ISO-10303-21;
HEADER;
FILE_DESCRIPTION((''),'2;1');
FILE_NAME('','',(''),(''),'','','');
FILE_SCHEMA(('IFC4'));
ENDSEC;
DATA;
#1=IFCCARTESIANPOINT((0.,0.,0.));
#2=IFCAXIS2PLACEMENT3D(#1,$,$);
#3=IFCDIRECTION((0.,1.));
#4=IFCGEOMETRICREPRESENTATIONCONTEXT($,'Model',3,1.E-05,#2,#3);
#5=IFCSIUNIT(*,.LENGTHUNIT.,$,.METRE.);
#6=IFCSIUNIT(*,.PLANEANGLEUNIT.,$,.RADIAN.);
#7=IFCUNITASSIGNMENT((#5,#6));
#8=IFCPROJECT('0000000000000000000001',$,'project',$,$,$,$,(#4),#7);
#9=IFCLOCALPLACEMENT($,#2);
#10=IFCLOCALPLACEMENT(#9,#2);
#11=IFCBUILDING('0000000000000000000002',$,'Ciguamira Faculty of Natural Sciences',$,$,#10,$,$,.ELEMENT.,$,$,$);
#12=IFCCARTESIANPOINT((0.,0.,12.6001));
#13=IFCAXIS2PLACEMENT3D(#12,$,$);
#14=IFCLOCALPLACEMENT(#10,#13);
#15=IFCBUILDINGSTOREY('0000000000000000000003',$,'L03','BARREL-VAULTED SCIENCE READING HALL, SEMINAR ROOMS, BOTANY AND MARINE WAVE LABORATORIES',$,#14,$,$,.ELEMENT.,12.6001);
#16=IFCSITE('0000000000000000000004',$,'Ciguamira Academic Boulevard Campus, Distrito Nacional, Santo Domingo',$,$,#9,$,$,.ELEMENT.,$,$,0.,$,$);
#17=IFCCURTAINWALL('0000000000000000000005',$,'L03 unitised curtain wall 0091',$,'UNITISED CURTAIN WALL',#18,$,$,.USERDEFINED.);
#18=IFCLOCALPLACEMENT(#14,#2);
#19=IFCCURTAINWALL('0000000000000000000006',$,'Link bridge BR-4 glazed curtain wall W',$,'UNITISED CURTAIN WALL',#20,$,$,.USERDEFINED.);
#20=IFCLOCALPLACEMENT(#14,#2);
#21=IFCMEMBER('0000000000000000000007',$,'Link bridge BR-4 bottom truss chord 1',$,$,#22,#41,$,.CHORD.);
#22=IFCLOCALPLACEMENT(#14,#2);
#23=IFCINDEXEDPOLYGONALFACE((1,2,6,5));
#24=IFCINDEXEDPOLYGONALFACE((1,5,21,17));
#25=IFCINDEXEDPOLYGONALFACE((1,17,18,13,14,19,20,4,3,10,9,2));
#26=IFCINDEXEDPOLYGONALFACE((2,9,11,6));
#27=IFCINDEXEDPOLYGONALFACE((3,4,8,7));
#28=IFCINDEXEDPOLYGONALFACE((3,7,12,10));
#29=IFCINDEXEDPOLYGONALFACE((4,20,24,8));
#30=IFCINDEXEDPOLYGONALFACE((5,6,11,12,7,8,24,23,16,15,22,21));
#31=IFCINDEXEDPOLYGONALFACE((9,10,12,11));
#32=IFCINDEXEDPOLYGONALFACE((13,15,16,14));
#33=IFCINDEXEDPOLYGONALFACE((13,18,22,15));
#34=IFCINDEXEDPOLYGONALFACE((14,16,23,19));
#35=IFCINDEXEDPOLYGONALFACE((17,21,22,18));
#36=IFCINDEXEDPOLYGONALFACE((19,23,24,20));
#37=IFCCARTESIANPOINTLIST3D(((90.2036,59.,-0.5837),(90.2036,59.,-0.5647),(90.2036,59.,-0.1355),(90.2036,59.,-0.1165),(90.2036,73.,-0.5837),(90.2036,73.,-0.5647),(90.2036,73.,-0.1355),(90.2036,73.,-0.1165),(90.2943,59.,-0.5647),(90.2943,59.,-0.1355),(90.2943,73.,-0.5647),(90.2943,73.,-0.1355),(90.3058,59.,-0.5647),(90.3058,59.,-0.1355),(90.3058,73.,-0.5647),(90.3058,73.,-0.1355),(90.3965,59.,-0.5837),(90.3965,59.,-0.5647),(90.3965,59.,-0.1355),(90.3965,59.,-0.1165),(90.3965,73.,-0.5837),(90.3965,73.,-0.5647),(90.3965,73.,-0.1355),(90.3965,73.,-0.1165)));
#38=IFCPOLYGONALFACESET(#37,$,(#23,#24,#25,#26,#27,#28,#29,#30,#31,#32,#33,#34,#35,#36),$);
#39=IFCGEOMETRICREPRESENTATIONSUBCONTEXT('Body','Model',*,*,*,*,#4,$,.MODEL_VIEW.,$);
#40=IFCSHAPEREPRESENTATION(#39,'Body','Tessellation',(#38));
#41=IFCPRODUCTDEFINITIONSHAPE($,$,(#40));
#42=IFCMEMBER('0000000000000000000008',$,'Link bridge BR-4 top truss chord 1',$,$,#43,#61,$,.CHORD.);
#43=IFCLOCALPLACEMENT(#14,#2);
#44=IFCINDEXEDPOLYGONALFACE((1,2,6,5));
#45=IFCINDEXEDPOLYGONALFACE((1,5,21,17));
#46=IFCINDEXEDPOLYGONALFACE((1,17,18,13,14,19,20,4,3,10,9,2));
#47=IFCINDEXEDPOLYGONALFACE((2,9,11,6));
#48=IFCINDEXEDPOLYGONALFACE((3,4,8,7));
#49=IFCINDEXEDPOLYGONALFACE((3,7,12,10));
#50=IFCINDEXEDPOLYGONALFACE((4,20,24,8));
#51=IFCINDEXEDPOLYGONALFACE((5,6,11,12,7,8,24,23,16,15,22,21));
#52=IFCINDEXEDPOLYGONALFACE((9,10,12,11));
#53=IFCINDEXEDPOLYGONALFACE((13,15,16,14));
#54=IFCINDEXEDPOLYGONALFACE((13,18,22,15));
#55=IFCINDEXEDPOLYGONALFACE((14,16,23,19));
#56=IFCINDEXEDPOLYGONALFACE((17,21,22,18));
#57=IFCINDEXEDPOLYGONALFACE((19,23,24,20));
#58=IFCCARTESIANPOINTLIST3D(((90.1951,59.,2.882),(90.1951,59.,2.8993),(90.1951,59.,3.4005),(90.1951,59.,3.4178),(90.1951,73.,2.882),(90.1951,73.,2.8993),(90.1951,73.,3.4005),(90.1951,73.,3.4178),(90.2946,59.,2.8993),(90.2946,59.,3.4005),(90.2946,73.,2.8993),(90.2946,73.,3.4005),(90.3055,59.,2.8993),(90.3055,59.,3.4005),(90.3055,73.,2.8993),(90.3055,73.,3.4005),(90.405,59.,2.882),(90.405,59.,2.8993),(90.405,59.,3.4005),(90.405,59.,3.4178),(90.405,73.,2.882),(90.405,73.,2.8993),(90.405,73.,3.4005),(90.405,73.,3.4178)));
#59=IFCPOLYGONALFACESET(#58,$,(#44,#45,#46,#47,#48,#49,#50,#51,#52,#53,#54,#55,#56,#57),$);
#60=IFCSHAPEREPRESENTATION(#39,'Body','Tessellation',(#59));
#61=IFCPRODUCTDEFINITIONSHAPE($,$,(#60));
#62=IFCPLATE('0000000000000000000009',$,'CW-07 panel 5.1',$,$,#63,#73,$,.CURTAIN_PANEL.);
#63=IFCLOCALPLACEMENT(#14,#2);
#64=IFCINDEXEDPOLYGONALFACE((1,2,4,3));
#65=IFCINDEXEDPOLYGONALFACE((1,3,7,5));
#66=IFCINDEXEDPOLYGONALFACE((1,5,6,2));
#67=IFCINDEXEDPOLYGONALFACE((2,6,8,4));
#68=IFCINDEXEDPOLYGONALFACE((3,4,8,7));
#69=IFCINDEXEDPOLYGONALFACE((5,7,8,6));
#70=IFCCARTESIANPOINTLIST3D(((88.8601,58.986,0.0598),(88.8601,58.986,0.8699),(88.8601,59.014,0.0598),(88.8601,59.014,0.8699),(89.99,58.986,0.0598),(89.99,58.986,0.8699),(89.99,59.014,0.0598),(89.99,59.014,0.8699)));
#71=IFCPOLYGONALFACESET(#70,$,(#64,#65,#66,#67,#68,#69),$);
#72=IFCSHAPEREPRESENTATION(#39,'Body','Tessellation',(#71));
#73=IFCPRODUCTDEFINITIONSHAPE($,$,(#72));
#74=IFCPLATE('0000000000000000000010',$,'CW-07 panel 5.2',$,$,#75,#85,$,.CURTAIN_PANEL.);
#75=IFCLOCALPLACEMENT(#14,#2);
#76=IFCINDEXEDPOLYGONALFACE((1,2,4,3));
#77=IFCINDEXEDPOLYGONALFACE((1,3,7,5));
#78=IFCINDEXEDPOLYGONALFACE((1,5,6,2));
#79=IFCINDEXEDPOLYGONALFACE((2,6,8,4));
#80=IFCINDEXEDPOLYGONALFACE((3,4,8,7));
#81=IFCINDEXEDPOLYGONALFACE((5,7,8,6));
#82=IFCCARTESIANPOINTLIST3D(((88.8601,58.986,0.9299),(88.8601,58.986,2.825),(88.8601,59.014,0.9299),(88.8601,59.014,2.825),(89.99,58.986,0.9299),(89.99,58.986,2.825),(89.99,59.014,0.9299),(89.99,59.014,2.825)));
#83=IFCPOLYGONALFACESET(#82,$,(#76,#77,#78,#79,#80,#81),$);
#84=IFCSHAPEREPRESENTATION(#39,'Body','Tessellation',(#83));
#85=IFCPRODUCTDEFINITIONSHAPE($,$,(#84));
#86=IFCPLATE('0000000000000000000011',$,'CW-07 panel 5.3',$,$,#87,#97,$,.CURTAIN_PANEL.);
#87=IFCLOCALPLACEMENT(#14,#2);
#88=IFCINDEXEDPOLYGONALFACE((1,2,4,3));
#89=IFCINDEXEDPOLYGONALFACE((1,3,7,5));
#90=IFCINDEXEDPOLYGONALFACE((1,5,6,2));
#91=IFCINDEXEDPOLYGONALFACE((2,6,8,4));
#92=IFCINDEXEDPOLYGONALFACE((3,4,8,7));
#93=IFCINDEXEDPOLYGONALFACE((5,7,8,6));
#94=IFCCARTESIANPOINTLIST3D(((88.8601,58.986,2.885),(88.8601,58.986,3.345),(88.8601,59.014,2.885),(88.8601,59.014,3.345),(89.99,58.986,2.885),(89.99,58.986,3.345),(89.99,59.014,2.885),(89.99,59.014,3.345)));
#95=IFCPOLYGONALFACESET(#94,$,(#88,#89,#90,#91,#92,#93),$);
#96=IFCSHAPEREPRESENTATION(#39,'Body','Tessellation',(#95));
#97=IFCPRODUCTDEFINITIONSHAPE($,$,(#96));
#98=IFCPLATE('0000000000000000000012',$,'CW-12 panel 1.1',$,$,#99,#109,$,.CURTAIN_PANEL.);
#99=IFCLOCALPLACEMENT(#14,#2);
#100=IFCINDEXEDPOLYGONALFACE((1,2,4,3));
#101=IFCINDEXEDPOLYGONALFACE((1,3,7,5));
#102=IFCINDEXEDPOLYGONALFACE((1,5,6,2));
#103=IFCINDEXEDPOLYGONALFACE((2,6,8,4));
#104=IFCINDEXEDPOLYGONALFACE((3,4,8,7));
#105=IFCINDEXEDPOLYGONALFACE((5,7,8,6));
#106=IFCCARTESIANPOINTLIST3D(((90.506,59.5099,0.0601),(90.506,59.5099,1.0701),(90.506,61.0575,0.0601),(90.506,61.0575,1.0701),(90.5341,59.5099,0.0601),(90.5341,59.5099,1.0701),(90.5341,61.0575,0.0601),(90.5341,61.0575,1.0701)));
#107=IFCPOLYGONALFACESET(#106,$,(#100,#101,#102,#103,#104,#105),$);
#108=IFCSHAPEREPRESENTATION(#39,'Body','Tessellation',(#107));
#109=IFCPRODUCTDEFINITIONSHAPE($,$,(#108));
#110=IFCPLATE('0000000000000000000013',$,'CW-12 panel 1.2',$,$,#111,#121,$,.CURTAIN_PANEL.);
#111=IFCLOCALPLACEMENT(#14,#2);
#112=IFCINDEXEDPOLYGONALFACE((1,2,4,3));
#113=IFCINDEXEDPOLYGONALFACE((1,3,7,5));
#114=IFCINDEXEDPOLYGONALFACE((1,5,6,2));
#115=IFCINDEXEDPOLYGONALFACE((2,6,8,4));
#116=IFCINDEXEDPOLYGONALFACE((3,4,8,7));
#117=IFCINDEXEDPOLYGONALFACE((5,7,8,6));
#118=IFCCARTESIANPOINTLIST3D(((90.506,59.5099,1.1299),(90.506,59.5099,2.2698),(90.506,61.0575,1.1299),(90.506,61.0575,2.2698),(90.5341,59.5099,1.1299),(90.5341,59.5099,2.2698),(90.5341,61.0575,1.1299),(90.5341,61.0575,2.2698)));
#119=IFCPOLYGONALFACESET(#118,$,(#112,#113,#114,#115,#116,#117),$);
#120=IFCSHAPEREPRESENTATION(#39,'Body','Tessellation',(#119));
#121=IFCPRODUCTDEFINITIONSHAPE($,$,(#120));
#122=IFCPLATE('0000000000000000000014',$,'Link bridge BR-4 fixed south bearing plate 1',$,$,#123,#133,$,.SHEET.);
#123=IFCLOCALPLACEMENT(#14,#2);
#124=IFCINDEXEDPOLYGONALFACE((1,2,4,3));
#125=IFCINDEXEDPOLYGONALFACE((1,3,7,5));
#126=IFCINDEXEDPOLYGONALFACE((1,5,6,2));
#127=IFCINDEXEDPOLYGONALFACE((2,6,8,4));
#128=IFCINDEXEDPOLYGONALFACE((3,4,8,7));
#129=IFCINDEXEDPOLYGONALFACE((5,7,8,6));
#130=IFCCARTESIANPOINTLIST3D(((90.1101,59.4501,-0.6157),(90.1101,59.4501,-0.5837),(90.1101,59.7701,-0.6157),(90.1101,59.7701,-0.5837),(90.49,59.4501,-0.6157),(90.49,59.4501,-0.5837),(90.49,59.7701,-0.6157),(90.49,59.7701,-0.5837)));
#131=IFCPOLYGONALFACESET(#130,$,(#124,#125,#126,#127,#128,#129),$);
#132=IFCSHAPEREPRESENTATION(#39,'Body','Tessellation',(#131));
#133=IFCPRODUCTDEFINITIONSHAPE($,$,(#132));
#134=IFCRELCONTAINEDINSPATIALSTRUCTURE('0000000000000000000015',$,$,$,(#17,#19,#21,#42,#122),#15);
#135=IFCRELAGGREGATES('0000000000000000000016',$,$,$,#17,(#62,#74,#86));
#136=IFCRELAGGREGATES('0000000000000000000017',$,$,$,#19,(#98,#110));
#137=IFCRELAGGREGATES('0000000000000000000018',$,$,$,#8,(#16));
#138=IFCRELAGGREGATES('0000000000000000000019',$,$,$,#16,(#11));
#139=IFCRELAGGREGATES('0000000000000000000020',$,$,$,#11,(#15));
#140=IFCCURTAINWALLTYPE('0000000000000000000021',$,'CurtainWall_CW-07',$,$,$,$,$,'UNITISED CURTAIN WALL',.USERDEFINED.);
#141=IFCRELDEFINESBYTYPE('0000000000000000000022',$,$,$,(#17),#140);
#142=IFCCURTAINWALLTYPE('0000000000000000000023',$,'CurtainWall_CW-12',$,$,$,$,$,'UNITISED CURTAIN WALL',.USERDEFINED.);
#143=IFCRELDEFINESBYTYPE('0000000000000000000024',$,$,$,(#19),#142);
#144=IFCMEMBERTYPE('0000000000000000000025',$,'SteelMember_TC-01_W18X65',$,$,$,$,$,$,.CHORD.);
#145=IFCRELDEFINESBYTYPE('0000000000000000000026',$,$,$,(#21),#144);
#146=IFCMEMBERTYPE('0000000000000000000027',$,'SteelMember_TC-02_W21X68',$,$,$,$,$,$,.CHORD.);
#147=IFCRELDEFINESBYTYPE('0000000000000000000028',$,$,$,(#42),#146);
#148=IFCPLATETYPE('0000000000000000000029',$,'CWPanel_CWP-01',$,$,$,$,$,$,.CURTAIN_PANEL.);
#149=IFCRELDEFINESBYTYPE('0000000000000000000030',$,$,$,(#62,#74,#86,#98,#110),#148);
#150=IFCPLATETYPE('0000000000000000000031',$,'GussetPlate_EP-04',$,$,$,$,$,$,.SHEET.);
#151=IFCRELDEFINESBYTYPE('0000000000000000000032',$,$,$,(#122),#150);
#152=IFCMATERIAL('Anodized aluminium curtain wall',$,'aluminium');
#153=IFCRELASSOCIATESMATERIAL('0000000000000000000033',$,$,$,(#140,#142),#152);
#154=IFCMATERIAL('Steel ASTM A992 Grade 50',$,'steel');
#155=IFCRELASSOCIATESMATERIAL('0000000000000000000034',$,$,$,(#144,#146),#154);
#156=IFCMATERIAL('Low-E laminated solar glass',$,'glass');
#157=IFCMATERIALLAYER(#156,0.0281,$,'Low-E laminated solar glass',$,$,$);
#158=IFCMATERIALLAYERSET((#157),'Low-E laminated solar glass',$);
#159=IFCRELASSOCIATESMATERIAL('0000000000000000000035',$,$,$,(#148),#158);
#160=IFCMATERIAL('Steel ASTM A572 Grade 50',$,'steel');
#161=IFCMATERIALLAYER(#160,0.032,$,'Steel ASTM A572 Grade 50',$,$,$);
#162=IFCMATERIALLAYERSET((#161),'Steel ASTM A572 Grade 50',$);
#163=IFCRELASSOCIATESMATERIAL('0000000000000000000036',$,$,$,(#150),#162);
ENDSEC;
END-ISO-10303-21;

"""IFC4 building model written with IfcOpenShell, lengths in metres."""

from ifc_helpers import new_model, si_unit, direction, frame, origin, origin_2d, place, context, subcontext, project, spatial, rectangle, i_section, extrude, material, layer, layer_set, material_profile, profile_set, type_object, element, aggregate, save


model = new_model("IFC4")

# Units and contexts
model_context = context("Model", 3, precision=1e-05, world=origin(), true_north=direction((0.0, 1.0)))
body_context = subcontext(model_context, "Body", "Model", "MODEL_VIEW")
ifc_project = project(units=[si_unit("LENGTHUNIT", "METRE"), si_unit("PLANEANGLEUNIT", "RADIAN")], contexts=[model_context])

# Site, building, storey
site_placement = place(None, origin())
site = spatial("IfcSite", under=ifc_project, at=site_placement, Name="Ciguamira Academic Boulevard Campus, Distrito Nacional, Santo Domingo", CompositionType="ELEMENT", RefElevation=0.0)
building_placement = place(site_placement, origin())
building = spatial("IfcBuilding", under=site, at=building_placement, Name="Ciguamira Faculty of Natural Sciences", CompositionType="ELEMENT")
storey_placement = place(building_placement, frame((0.0, 0.0, 12.6001)))
storey = spatial("IfcBuildingStorey", under=building, at=storey_placement, Name="L03", Description="BARREL-VAULTED SCIENCE READING HALL, SEMINAR ROOMS, BOTANY AND MARINE WAVE LABORATORIES", CompositionType="ELEMENT", Elevation=12.6001)

# Curtain wall
ifc_material_1 = material(Name="Anodized aluminium curtain wall", Category="aluminium")
curtain_wall_type_1 = type_object("IfcCurtainWallType", Name="CurtainWall_CW-07", ElementType="UNITISED CURTAIN WALL", PredefinedType="USERDEFINED", material=ifc_material_1)
curtain_wall_1_placement = place(storey_placement, origin())
curtain_wall_1 = element("IfcCurtainWall", 1, at=curtain_wall_1_placement, inside=storey, type_object=curtain_wall_type_1, Name="L03 unitised curtain wall 0091", ObjectType="UNITISED CURTAIN WALL", PredefinedType="USERDEFINED")

# Curtain wall
curtain_wall_type_2 = type_object("IfcCurtainWallType", Name="CurtainWall_CW-12", ElementType="UNITISED CURTAIN WALL", PredefinedType="USERDEFINED", material=ifc_material_1)
curtain_wall_2_placement = place(storey_placement, origin())
curtain_wall_2 = element("IfcCurtainWall", 2, at=curtain_wall_2_placement, inside=storey, type_object=curtain_wall_type_2, Name="Link bridge BR-4 glazed curtain wall W", ObjectType="UNITISED CURTAIN WALL", PredefinedType="USERDEFINED")

# Members
ifc_material_2 = material(Name="Steel ASTM A992 Grade 50", Category="steel")
ifc_material_profile_1 = material_profile(ifc_material_2, i_section(OverallWidth=0.1929, OverallDepth=0.4673, WebThickness=0.0115, FlangeThickness=0.019, at=origin_2d()), Name="W18X65")
ifc_profile_set_1 = profile_set([ifc_material_profile_1], Name="Steel ASTM A992 Grade 50")
member_type_1 = type_object("IfcMemberType", Name="SteelMember_TC-01_W18X65", PredefinedType="CHORD", material=ifc_profile_set_1)
member_1_placement = place(storey_placement, frame((90.3, 59.0, -0.3501), z_axis=(0.0, 1.0, 0.0), x_axis=(-1.0, 0.0, 0.0)))
element("IfcMember", 3, at=member_1_placement, inside=storey, type_object=member_type_1, Name="Link bridge BR-4 bottom truss chord 1", PredefinedType="CHORD", context=body_context, shape_type="SweptSolid", body=[
    extrude(i_section(OverallWidth=0.1929, OverallDepth=0.4673, WebThickness=0.0115, FlangeThickness=0.019, at=origin_2d()), origin(), (0.0, 0.0, 1.0), 14.0),
])
ifc_material_profile_2 = material_profile(ifc_material_2, i_section(OverallWidth=0.21, OverallDepth=0.5359, WebThickness=0.011, FlangeThickness=0.0173, at=origin_2d()), Name="W21X68")
ifc_profile_set_2 = profile_set([ifc_material_profile_2], Name="Steel ASTM A992 Grade 50")
member_type_2 = type_object("IfcMemberType", Name="SteelMember_TC-02_W21X68", PredefinedType="CHORD", material=ifc_profile_set_2)
member_2_placement = place(storey_placement, frame((90.3, 59.0, 3.1499), z_axis=(0.0, 1.0, 0.0), x_axis=(-1.0, 0.0, 0.0)))
element("IfcMember", 4, at=member_2_placement, inside=storey, type_object=member_type_2, Name="Link bridge BR-4 top truss chord 1", PredefinedType="CHORD", context=body_context, shape_type="SweptSolid", body=[
    extrude(i_section(OverallWidth=0.21, OverallDepth=0.5359, WebThickness=0.011, FlangeThickness=0.0173, at=origin_2d()), origin(), (0.0, 0.0, 1.0), 14.0),
])

# Plates
ifc_material_3 = material(Name="Low-E laminated solar glass", Category="glass")
ifc_layer_1 = layer(ifc_material_3, 0.0281, Name="Low-E laminated solar glass")
ifc_layer_set_1 = layer_set([ifc_layer_1], Name="Low-E laminated solar glass")
plate_type_1 = type_object("IfcPlateType", Name="CWPanel_CWP-01", PredefinedType="CURTAIN_PANEL", material=ifc_layer_set_1)
plate_1_placement = place(storey_placement, frame((89.425, 59.0, 0.0598), z_axis=(0.0, 0.0, 1.0), x_axis=(1.0, 0.0, 0.0)))
plate_1 = element("IfcPlate", 5, at=plate_1_placement, type_object=plate_type_1, Name="CW-07 panel 5.1", PredefinedType="CURTAIN_PANEL", context=body_context, shape_type="SweptSolid", body=[
    extrude(rectangle(XDim=1.1299, YDim=0.0281, at=origin_2d()), origin(), (0.0, 0.0, 1.0), 0.8101),
])
plate_2_placement = place(storey_placement, frame((89.425, 59.0, 0.9299), z_axis=(0.0, 0.0, 1.0), x_axis=(1.0, 0.0, 0.0)))
plate_2 = element("IfcPlate", 6, at=plate_2_placement, type_object=plate_type_1, Name="CW-07 panel 5.2", PredefinedType="CURTAIN_PANEL", context=body_context, shape_type="SweptSolid", body=[
    extrude(rectangle(XDim=1.1299, YDim=0.0281, at=origin_2d()), origin(), (0.0, 0.0, 1.0), 1.895),
])
plate_3_placement = place(storey_placement, frame((89.425, 59.0, 2.885), z_axis=(0.0, 0.0, 1.0), x_axis=(1.0, 0.0, 0.0)))
plate_3 = element("IfcPlate", 7, at=plate_3_placement, type_object=plate_type_1, Name="CW-07 panel 5.3", PredefinedType="CURTAIN_PANEL", context=body_context, shape_type="SweptSolid", body=[
    extrude(rectangle(XDim=1.1299, YDim=0.0281, at=origin_2d()), origin(), (0.0, 0.0, 1.0), 0.46),
])
aggregate(curtain_wall_1, [plate_1, plate_2, plate_3])
plate_4_placement = place(storey_placement, frame((90.52, 60.2837, 0.0601), z_axis=(0.0, 0.0, 1.0), x_axis=(0.0, 1.0, 0.0)))
plate_4 = element("IfcPlate", 8, at=plate_4_placement, type_object=plate_type_1, Name="CW-12 panel 1.1", PredefinedType="CURTAIN_PANEL", context=body_context, shape_type="SweptSolid", body=[
    extrude(rectangle(XDim=1.5476, YDim=0.0281, at=origin_2d()), origin(), (0.0, 0.0, 1.0), 1.01),
])
plate_5_placement = place(storey_placement, frame((90.52, 60.2837, 1.1299), z_axis=(0.0, 0.0, 1.0), x_axis=(0.0, 1.0, 0.0)))
plate_5 = element("IfcPlate", 9, at=plate_5_placement, type_object=plate_type_1, Name="CW-12 panel 1.2", PredefinedType="CURTAIN_PANEL", context=body_context, shape_type="SweptSolid", body=[
    extrude(rectangle(XDim=1.5476, YDim=0.0281, at=origin_2d()), origin(), (0.0, 0.0, 1.0), 1.1399),
])
aggregate(curtain_wall_2, [plate_4, plate_5])
ifc_material_4 = material(Name="Steel ASTM A572 Grade 50", Category="steel")
ifc_layer_2 = layer(ifc_material_4, 0.032, Name="Steel ASTM A572 Grade 50")
ifc_layer_set_2 = layer_set([ifc_layer_2], Name="Steel ASTM A572 Grade 50")
plate_type_2 = type_object("IfcPlateType", Name="GussetPlate_EP-04", PredefinedType="SHEET", material=ifc_layer_set_2)
plate_6_placement = place(storey_placement, frame((90.3, 59.6101, -0.6157), z_axis=(0.0, 0.0, 1.0), x_axis=(1.0, 0.0, 0.0)))
element("IfcPlate", 10, at=plate_6_placement, inside=storey, type_object=plate_type_2, Name="Link bridge BR-4 fixed south bearing plate 1", PredefinedType="SHEET", context=body_context, shape_type="SweptSolid", body=[
    extrude(rectangle(XDim=0.3799, YDim=0.3201, at=origin_2d()), origin(), (0.0, 0.0, 1.0), 0.032),
])

save(model, "model.ifc")
